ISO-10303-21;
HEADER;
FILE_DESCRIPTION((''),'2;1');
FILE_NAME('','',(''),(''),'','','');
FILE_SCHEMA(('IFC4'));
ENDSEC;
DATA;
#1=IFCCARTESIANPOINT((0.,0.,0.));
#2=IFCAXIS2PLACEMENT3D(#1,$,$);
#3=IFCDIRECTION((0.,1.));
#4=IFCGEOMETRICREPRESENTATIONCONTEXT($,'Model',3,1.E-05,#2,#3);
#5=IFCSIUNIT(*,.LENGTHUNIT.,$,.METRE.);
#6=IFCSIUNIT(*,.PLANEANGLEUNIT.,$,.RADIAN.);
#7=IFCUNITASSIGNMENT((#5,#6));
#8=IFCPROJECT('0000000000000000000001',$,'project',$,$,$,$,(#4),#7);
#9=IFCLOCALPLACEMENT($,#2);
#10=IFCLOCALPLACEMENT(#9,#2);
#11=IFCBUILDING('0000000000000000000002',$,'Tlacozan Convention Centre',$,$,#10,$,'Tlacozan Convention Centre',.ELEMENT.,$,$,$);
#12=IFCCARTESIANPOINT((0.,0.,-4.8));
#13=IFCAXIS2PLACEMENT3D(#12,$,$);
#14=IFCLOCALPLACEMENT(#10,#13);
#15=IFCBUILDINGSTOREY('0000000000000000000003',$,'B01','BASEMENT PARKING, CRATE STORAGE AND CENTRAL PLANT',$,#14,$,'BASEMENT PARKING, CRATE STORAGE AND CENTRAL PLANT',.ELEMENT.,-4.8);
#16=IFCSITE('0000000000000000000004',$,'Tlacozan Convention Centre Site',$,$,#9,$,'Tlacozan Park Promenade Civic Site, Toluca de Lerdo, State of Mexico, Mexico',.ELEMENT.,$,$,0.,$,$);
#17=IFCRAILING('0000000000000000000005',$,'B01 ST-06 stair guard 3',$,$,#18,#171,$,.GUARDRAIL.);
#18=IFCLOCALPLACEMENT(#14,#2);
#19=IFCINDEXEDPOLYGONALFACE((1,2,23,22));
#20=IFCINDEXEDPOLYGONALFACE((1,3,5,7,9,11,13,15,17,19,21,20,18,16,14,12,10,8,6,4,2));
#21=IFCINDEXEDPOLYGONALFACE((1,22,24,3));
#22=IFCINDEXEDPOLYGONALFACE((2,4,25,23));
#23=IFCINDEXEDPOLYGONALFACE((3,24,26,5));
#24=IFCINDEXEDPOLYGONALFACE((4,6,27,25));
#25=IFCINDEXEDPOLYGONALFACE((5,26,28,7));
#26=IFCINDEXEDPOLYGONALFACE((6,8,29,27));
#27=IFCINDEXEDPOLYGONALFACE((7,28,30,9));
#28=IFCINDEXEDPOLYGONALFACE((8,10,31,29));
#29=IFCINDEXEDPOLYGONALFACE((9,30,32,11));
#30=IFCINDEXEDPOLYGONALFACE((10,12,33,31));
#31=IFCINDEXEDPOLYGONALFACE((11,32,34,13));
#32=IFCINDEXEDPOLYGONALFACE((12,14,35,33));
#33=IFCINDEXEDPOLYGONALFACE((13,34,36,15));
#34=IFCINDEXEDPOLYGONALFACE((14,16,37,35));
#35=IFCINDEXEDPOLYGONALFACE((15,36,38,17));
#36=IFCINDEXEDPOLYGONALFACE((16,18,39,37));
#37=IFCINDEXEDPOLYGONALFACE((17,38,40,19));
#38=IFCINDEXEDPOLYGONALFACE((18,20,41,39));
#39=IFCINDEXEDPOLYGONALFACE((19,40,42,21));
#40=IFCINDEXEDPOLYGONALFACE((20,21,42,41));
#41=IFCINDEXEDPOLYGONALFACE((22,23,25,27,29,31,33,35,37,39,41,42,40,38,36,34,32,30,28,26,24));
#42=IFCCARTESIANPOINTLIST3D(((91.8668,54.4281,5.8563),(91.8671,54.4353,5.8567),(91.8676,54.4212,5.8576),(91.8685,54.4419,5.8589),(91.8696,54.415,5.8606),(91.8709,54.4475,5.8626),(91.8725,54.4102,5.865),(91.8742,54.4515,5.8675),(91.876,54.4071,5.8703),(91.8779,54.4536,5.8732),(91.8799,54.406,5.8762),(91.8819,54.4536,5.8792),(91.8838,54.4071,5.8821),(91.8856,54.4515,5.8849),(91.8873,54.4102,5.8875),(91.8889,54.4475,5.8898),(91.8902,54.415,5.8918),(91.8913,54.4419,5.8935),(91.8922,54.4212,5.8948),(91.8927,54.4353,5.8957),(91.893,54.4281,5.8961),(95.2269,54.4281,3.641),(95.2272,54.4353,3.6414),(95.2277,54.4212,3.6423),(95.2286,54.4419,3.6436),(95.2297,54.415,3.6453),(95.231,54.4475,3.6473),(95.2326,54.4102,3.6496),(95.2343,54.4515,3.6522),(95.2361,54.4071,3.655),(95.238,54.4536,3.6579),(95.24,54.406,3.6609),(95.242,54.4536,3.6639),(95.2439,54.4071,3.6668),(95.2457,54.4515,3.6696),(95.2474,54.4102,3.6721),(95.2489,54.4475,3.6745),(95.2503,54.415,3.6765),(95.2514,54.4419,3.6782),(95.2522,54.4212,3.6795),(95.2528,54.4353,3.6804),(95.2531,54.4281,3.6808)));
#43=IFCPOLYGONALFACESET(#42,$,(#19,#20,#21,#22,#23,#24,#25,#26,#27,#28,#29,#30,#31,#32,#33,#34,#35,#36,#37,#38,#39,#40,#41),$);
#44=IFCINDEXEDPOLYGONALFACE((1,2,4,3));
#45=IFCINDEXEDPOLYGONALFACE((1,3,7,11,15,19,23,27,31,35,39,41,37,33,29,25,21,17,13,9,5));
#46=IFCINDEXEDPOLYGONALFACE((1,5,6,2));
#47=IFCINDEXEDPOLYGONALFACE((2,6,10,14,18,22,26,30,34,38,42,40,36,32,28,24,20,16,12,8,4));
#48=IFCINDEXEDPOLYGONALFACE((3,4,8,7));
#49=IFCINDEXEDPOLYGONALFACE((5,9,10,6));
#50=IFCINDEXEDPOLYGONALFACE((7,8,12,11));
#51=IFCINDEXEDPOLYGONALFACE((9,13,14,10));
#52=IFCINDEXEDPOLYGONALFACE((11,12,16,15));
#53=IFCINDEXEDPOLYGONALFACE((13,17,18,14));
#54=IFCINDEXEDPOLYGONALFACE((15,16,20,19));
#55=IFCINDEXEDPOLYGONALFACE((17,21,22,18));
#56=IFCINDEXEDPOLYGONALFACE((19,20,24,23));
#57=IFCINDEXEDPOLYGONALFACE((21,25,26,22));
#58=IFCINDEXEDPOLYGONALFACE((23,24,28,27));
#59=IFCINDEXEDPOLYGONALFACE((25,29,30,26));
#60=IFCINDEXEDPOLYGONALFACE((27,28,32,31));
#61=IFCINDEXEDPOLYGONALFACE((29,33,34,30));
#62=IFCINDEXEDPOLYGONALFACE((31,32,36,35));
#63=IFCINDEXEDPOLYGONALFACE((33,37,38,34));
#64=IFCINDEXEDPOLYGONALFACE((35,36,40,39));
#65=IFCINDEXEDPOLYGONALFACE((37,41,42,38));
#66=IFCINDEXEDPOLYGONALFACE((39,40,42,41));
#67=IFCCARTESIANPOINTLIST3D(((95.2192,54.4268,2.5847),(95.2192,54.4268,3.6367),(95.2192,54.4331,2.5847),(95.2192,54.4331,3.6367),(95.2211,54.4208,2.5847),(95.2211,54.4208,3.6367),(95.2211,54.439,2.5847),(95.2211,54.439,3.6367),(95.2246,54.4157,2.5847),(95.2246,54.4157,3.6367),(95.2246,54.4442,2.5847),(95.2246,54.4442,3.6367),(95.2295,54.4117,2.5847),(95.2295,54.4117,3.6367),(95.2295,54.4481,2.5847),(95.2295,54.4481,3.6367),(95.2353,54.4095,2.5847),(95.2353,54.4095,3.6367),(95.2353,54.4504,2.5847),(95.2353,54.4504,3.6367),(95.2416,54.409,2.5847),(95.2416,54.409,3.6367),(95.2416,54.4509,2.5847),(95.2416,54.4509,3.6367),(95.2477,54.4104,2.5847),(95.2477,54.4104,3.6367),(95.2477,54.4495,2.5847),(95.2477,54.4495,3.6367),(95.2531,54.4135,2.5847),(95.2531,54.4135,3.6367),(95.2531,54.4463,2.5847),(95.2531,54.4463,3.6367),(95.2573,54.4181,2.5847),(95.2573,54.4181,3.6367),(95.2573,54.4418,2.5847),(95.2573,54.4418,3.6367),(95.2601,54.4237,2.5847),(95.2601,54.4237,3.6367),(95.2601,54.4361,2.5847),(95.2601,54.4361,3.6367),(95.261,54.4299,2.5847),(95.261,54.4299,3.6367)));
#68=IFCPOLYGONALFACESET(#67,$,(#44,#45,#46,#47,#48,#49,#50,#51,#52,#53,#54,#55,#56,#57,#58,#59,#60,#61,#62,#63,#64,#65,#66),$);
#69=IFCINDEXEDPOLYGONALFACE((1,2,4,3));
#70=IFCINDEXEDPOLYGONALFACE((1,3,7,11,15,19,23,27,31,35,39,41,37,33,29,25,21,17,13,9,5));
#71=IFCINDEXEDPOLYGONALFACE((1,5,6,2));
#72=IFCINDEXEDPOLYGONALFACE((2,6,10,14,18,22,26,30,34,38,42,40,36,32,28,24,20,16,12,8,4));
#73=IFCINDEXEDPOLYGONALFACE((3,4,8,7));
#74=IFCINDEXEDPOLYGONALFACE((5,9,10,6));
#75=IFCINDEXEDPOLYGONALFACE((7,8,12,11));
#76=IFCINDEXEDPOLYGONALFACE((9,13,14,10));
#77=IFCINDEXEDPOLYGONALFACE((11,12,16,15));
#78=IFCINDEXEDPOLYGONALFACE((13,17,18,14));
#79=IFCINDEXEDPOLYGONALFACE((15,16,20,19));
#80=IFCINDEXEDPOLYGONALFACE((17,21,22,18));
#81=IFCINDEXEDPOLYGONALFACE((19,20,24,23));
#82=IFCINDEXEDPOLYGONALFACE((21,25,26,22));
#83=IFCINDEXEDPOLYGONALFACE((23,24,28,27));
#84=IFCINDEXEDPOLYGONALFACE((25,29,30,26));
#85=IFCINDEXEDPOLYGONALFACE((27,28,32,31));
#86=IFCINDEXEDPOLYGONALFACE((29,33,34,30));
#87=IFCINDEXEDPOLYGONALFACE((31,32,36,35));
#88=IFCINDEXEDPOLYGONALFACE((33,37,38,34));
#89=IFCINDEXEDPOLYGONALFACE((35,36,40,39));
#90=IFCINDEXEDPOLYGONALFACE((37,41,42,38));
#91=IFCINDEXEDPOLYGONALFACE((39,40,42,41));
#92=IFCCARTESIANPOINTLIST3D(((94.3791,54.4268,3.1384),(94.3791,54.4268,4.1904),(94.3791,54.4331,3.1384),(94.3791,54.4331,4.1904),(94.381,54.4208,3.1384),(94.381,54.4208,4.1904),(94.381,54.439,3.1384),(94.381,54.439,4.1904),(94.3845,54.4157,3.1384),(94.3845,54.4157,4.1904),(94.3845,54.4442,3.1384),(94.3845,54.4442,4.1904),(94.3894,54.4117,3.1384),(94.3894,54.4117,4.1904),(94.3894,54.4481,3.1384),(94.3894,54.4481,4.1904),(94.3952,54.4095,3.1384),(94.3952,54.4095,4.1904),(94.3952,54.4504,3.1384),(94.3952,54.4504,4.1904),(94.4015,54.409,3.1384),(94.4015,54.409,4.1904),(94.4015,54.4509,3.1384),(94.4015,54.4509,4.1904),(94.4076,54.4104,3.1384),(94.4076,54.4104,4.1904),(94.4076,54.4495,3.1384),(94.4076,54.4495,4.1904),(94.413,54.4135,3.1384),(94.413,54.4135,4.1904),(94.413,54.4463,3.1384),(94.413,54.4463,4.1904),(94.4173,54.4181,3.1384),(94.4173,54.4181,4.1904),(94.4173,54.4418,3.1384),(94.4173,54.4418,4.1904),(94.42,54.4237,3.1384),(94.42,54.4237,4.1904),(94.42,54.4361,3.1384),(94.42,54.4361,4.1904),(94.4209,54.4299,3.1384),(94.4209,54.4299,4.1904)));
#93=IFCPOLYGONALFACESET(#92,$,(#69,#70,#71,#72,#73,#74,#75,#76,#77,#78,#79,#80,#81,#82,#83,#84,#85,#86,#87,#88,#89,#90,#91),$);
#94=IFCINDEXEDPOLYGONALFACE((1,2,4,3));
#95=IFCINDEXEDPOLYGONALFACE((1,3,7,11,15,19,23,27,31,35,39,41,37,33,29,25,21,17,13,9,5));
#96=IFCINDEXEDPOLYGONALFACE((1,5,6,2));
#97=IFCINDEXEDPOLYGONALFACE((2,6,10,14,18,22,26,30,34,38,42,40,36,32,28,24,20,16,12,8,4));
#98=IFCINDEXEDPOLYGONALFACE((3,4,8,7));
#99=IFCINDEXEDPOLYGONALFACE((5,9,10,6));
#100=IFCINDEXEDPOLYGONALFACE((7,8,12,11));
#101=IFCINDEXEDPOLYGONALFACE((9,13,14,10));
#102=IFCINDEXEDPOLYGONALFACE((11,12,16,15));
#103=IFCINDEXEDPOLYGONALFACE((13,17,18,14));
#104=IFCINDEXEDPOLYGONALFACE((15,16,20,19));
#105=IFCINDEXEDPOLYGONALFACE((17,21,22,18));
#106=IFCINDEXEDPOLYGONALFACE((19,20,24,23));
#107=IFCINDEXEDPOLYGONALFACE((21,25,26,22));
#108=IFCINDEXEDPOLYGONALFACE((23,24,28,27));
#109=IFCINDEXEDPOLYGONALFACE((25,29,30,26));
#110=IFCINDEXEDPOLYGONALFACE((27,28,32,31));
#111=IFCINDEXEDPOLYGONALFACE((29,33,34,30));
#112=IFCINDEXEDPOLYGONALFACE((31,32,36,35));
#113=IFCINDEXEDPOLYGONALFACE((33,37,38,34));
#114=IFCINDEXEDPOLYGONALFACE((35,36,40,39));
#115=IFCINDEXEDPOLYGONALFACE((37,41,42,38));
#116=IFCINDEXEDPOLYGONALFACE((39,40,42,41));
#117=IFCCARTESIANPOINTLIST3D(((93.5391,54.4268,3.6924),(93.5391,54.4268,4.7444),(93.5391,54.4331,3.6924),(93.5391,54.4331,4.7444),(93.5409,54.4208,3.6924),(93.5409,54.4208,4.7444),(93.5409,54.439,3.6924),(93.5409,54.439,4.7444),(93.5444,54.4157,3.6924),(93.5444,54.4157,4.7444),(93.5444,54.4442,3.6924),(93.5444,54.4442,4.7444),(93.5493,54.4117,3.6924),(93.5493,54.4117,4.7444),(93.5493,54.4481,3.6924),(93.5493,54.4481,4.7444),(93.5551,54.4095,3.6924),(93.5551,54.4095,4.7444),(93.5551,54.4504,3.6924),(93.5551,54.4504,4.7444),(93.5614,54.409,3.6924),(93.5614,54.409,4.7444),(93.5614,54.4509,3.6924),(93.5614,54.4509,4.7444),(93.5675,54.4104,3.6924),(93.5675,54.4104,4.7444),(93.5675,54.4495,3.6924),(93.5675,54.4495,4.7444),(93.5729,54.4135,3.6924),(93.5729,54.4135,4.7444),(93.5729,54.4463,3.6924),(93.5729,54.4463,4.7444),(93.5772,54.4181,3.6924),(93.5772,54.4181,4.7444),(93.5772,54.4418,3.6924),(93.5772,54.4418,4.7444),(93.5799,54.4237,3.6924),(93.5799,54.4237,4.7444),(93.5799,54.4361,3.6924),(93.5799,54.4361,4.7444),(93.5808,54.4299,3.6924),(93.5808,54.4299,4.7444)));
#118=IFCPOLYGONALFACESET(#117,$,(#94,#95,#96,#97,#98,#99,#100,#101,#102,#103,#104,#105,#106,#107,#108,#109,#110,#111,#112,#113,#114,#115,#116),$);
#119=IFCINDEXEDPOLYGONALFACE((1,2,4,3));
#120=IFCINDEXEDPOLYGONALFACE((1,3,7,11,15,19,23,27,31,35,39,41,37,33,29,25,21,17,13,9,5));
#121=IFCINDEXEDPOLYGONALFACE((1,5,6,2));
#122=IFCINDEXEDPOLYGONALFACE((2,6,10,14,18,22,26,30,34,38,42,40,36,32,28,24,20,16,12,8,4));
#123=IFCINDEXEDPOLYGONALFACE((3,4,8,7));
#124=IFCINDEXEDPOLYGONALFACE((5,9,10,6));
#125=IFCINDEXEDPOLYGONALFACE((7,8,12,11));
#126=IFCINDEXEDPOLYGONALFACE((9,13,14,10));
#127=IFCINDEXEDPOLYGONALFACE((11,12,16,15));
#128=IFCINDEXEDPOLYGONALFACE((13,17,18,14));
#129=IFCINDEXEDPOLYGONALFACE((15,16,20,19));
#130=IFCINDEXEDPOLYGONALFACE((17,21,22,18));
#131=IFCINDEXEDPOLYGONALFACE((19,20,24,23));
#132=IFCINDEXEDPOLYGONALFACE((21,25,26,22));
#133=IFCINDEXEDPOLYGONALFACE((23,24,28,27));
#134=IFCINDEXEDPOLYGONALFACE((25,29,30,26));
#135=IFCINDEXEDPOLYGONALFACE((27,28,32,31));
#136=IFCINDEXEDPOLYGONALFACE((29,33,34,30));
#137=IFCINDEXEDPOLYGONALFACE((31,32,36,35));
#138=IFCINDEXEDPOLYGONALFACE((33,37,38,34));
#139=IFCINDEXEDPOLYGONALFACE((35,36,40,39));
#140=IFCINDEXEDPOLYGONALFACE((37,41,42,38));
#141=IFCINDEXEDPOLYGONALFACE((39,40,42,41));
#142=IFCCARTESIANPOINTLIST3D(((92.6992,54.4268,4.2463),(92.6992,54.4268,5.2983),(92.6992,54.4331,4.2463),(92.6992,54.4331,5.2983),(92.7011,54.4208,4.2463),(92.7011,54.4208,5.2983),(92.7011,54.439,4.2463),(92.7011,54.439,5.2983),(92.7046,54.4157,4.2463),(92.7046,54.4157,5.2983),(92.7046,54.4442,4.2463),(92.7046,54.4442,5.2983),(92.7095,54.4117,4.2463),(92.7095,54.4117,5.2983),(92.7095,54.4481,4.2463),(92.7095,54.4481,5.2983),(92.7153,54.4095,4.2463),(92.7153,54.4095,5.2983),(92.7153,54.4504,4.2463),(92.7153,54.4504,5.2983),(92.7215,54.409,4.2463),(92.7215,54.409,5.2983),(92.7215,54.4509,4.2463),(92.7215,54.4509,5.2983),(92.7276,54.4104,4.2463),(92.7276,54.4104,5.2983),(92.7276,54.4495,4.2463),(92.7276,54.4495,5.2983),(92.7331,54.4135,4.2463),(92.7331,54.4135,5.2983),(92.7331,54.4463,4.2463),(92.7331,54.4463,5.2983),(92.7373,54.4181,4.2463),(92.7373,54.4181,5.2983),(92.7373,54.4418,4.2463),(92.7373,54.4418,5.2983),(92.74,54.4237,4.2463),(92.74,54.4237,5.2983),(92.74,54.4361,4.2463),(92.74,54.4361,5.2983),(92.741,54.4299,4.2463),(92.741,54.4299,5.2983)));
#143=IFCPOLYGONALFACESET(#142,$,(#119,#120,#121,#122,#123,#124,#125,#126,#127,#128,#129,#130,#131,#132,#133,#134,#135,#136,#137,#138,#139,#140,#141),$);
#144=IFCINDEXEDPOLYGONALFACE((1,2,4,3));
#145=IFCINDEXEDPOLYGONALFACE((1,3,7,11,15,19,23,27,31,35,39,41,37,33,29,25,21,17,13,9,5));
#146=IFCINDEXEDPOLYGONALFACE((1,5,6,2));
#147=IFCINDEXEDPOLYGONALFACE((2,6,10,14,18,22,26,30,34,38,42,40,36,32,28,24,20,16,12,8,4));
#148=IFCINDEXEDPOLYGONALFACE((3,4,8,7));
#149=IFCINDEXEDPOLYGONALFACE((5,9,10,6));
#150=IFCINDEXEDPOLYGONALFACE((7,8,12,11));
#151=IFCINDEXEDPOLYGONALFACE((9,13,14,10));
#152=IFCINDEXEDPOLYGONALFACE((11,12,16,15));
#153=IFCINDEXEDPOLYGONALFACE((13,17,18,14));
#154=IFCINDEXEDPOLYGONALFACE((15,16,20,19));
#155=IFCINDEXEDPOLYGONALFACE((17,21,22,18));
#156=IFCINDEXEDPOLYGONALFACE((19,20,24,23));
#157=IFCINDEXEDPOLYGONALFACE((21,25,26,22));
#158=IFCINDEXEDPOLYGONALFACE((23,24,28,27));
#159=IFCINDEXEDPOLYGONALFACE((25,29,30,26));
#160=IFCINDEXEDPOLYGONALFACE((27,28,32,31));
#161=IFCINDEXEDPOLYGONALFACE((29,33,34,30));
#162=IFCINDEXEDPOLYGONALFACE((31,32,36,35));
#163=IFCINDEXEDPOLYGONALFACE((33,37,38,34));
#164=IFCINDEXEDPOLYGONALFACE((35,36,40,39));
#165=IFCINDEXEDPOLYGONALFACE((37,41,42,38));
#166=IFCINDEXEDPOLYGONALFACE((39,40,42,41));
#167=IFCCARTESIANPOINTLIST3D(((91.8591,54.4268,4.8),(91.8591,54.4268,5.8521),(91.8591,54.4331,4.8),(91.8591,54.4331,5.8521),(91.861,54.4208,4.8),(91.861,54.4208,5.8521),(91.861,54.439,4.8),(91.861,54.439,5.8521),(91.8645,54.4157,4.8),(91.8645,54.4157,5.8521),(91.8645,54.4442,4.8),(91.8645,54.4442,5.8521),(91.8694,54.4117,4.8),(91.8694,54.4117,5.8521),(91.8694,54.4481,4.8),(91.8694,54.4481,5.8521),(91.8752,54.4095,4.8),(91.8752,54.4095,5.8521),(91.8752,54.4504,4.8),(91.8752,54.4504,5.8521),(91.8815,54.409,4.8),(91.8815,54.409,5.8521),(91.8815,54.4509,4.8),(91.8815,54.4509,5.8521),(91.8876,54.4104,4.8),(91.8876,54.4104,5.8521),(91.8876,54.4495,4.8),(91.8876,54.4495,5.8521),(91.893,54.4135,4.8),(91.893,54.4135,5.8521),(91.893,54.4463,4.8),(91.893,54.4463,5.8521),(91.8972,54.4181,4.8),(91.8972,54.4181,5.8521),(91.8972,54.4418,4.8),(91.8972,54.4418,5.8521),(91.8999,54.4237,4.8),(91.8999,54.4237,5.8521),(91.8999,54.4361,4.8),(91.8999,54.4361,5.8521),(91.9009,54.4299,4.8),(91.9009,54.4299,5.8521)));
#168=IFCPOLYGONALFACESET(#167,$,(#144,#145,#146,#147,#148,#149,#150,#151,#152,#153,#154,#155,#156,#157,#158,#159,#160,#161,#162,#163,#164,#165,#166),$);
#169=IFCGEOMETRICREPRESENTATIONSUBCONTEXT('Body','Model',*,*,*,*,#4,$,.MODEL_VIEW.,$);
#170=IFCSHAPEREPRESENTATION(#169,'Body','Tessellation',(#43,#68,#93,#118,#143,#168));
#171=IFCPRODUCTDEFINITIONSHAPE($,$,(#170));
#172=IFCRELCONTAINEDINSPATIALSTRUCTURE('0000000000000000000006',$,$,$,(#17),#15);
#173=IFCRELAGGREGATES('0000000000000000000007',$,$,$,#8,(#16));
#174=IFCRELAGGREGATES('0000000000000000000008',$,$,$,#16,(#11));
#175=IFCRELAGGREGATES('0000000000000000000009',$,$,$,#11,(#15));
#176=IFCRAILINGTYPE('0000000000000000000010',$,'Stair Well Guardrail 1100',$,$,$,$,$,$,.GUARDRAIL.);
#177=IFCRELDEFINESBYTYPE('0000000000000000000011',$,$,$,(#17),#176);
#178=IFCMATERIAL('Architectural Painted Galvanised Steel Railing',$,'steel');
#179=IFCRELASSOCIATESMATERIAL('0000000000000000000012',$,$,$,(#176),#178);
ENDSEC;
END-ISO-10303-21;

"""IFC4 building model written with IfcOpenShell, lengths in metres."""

from ifc_helpers import new_model, si_unit, direction, frame, origin, origin_2d, place, context, subcontext, project, spatial, circle, extrude, material, type_object, element, save


model = new_model("IFC4")

# Units and contexts
model_context = context("Model", 3, precision=1e-05, world=origin(), true_north=direction((0.0, 1.0)))
body_context = subcontext(model_context, "Body", "Model", "MODEL_VIEW")
ifc_project = project(units=[si_unit("LENGTHUNIT", "METRE"), si_unit("PLANEANGLEUNIT", "RADIAN")], contexts=[model_context])

# Site, building, storey
site_placement = place(None, origin())
site = spatial("IfcSite", under=ifc_project, at=site_placement, Name="Tlacozan Convention Centre Site", LongName="Tlacozan Park Promenade Civic Site, Toluca de Lerdo, State of Mexico, Mexico", CompositionType="ELEMENT", RefElevation=0.0)
building_placement = place(site_placement, origin())
building = spatial("IfcBuilding", under=site, at=building_placement, Name="Tlacozan Convention Centre", LongName="Tlacozan Convention Centre", CompositionType="ELEMENT")
storey_placement = place(building_placement, frame((0.0, 0.0, -4.8)))
storey = spatial("IfcBuildingStorey", under=building, at=storey_placement, Name="B01", Description="BASEMENT PARKING, CRATE STORAGE AND CENTRAL PLANT", LongName="BASEMENT PARKING, CRATE STORAGE AND CENTRAL PLANT", CompositionType="ELEMENT", Elevation=-4.8)

# Railing
ifc_material_1 = material(Name="Architectural Painted Galvanised Steel Railing", Category="steel")
railing_type_1 = type_object("IfcRailingType", Name="Stair Well Guardrail 1100", PredefinedType="GUARDRAIL", material=ifc_material_1)
railing_1_placement = place(storey_placement, frame((95.24, 54.4299, 2.5847)))
element("IfcRailing", 1, at=railing_1_placement, inside=storey, type_object=railing_type_1, Name="B01 ST-06 stair guard 3", PredefinedType="GUARDRAIL", context=body_context, shape_type="SweptSolid", body=[
    extrude(circle(Radius=0.0239, at=origin_2d()), frame((0.0, 0.0, 1.0762), z_axis=(-0.834876, 0.0, 0.550437), x_axis=(0.0, -1.0, 0.0)), (0.0, 0.0, 1.0), 4.0247),
    extrude(circle(Radius=0.021, at=origin_2d()), origin(), (0.0, 0.0, 1.0), 1.052),
    extrude(circle(Radius=0.021, at=origin_2d()), frame((-0.8401, 0.0, 0.5537)), (0.0, 0.0, 1.0), 1.052),
    extrude(circle(Radius=0.021, at=origin_2d()), frame((-1.6802, 0.0, 1.1077)), (0.0, 0.0, 1.0), 1.052),
    extrude(circle(Radius=0.021, at=origin_2d()), frame((-2.52, 0.0, 1.6616)), (0.0, 0.0, 1.0), 1.052),
    extrude(circle(Radius=0.021, at=origin_2d()), frame((-3.3601, 0.0, 2.2153)), (0.0, 0.0, 1.0), 1.052),
])

save(model, "model.ifc")
